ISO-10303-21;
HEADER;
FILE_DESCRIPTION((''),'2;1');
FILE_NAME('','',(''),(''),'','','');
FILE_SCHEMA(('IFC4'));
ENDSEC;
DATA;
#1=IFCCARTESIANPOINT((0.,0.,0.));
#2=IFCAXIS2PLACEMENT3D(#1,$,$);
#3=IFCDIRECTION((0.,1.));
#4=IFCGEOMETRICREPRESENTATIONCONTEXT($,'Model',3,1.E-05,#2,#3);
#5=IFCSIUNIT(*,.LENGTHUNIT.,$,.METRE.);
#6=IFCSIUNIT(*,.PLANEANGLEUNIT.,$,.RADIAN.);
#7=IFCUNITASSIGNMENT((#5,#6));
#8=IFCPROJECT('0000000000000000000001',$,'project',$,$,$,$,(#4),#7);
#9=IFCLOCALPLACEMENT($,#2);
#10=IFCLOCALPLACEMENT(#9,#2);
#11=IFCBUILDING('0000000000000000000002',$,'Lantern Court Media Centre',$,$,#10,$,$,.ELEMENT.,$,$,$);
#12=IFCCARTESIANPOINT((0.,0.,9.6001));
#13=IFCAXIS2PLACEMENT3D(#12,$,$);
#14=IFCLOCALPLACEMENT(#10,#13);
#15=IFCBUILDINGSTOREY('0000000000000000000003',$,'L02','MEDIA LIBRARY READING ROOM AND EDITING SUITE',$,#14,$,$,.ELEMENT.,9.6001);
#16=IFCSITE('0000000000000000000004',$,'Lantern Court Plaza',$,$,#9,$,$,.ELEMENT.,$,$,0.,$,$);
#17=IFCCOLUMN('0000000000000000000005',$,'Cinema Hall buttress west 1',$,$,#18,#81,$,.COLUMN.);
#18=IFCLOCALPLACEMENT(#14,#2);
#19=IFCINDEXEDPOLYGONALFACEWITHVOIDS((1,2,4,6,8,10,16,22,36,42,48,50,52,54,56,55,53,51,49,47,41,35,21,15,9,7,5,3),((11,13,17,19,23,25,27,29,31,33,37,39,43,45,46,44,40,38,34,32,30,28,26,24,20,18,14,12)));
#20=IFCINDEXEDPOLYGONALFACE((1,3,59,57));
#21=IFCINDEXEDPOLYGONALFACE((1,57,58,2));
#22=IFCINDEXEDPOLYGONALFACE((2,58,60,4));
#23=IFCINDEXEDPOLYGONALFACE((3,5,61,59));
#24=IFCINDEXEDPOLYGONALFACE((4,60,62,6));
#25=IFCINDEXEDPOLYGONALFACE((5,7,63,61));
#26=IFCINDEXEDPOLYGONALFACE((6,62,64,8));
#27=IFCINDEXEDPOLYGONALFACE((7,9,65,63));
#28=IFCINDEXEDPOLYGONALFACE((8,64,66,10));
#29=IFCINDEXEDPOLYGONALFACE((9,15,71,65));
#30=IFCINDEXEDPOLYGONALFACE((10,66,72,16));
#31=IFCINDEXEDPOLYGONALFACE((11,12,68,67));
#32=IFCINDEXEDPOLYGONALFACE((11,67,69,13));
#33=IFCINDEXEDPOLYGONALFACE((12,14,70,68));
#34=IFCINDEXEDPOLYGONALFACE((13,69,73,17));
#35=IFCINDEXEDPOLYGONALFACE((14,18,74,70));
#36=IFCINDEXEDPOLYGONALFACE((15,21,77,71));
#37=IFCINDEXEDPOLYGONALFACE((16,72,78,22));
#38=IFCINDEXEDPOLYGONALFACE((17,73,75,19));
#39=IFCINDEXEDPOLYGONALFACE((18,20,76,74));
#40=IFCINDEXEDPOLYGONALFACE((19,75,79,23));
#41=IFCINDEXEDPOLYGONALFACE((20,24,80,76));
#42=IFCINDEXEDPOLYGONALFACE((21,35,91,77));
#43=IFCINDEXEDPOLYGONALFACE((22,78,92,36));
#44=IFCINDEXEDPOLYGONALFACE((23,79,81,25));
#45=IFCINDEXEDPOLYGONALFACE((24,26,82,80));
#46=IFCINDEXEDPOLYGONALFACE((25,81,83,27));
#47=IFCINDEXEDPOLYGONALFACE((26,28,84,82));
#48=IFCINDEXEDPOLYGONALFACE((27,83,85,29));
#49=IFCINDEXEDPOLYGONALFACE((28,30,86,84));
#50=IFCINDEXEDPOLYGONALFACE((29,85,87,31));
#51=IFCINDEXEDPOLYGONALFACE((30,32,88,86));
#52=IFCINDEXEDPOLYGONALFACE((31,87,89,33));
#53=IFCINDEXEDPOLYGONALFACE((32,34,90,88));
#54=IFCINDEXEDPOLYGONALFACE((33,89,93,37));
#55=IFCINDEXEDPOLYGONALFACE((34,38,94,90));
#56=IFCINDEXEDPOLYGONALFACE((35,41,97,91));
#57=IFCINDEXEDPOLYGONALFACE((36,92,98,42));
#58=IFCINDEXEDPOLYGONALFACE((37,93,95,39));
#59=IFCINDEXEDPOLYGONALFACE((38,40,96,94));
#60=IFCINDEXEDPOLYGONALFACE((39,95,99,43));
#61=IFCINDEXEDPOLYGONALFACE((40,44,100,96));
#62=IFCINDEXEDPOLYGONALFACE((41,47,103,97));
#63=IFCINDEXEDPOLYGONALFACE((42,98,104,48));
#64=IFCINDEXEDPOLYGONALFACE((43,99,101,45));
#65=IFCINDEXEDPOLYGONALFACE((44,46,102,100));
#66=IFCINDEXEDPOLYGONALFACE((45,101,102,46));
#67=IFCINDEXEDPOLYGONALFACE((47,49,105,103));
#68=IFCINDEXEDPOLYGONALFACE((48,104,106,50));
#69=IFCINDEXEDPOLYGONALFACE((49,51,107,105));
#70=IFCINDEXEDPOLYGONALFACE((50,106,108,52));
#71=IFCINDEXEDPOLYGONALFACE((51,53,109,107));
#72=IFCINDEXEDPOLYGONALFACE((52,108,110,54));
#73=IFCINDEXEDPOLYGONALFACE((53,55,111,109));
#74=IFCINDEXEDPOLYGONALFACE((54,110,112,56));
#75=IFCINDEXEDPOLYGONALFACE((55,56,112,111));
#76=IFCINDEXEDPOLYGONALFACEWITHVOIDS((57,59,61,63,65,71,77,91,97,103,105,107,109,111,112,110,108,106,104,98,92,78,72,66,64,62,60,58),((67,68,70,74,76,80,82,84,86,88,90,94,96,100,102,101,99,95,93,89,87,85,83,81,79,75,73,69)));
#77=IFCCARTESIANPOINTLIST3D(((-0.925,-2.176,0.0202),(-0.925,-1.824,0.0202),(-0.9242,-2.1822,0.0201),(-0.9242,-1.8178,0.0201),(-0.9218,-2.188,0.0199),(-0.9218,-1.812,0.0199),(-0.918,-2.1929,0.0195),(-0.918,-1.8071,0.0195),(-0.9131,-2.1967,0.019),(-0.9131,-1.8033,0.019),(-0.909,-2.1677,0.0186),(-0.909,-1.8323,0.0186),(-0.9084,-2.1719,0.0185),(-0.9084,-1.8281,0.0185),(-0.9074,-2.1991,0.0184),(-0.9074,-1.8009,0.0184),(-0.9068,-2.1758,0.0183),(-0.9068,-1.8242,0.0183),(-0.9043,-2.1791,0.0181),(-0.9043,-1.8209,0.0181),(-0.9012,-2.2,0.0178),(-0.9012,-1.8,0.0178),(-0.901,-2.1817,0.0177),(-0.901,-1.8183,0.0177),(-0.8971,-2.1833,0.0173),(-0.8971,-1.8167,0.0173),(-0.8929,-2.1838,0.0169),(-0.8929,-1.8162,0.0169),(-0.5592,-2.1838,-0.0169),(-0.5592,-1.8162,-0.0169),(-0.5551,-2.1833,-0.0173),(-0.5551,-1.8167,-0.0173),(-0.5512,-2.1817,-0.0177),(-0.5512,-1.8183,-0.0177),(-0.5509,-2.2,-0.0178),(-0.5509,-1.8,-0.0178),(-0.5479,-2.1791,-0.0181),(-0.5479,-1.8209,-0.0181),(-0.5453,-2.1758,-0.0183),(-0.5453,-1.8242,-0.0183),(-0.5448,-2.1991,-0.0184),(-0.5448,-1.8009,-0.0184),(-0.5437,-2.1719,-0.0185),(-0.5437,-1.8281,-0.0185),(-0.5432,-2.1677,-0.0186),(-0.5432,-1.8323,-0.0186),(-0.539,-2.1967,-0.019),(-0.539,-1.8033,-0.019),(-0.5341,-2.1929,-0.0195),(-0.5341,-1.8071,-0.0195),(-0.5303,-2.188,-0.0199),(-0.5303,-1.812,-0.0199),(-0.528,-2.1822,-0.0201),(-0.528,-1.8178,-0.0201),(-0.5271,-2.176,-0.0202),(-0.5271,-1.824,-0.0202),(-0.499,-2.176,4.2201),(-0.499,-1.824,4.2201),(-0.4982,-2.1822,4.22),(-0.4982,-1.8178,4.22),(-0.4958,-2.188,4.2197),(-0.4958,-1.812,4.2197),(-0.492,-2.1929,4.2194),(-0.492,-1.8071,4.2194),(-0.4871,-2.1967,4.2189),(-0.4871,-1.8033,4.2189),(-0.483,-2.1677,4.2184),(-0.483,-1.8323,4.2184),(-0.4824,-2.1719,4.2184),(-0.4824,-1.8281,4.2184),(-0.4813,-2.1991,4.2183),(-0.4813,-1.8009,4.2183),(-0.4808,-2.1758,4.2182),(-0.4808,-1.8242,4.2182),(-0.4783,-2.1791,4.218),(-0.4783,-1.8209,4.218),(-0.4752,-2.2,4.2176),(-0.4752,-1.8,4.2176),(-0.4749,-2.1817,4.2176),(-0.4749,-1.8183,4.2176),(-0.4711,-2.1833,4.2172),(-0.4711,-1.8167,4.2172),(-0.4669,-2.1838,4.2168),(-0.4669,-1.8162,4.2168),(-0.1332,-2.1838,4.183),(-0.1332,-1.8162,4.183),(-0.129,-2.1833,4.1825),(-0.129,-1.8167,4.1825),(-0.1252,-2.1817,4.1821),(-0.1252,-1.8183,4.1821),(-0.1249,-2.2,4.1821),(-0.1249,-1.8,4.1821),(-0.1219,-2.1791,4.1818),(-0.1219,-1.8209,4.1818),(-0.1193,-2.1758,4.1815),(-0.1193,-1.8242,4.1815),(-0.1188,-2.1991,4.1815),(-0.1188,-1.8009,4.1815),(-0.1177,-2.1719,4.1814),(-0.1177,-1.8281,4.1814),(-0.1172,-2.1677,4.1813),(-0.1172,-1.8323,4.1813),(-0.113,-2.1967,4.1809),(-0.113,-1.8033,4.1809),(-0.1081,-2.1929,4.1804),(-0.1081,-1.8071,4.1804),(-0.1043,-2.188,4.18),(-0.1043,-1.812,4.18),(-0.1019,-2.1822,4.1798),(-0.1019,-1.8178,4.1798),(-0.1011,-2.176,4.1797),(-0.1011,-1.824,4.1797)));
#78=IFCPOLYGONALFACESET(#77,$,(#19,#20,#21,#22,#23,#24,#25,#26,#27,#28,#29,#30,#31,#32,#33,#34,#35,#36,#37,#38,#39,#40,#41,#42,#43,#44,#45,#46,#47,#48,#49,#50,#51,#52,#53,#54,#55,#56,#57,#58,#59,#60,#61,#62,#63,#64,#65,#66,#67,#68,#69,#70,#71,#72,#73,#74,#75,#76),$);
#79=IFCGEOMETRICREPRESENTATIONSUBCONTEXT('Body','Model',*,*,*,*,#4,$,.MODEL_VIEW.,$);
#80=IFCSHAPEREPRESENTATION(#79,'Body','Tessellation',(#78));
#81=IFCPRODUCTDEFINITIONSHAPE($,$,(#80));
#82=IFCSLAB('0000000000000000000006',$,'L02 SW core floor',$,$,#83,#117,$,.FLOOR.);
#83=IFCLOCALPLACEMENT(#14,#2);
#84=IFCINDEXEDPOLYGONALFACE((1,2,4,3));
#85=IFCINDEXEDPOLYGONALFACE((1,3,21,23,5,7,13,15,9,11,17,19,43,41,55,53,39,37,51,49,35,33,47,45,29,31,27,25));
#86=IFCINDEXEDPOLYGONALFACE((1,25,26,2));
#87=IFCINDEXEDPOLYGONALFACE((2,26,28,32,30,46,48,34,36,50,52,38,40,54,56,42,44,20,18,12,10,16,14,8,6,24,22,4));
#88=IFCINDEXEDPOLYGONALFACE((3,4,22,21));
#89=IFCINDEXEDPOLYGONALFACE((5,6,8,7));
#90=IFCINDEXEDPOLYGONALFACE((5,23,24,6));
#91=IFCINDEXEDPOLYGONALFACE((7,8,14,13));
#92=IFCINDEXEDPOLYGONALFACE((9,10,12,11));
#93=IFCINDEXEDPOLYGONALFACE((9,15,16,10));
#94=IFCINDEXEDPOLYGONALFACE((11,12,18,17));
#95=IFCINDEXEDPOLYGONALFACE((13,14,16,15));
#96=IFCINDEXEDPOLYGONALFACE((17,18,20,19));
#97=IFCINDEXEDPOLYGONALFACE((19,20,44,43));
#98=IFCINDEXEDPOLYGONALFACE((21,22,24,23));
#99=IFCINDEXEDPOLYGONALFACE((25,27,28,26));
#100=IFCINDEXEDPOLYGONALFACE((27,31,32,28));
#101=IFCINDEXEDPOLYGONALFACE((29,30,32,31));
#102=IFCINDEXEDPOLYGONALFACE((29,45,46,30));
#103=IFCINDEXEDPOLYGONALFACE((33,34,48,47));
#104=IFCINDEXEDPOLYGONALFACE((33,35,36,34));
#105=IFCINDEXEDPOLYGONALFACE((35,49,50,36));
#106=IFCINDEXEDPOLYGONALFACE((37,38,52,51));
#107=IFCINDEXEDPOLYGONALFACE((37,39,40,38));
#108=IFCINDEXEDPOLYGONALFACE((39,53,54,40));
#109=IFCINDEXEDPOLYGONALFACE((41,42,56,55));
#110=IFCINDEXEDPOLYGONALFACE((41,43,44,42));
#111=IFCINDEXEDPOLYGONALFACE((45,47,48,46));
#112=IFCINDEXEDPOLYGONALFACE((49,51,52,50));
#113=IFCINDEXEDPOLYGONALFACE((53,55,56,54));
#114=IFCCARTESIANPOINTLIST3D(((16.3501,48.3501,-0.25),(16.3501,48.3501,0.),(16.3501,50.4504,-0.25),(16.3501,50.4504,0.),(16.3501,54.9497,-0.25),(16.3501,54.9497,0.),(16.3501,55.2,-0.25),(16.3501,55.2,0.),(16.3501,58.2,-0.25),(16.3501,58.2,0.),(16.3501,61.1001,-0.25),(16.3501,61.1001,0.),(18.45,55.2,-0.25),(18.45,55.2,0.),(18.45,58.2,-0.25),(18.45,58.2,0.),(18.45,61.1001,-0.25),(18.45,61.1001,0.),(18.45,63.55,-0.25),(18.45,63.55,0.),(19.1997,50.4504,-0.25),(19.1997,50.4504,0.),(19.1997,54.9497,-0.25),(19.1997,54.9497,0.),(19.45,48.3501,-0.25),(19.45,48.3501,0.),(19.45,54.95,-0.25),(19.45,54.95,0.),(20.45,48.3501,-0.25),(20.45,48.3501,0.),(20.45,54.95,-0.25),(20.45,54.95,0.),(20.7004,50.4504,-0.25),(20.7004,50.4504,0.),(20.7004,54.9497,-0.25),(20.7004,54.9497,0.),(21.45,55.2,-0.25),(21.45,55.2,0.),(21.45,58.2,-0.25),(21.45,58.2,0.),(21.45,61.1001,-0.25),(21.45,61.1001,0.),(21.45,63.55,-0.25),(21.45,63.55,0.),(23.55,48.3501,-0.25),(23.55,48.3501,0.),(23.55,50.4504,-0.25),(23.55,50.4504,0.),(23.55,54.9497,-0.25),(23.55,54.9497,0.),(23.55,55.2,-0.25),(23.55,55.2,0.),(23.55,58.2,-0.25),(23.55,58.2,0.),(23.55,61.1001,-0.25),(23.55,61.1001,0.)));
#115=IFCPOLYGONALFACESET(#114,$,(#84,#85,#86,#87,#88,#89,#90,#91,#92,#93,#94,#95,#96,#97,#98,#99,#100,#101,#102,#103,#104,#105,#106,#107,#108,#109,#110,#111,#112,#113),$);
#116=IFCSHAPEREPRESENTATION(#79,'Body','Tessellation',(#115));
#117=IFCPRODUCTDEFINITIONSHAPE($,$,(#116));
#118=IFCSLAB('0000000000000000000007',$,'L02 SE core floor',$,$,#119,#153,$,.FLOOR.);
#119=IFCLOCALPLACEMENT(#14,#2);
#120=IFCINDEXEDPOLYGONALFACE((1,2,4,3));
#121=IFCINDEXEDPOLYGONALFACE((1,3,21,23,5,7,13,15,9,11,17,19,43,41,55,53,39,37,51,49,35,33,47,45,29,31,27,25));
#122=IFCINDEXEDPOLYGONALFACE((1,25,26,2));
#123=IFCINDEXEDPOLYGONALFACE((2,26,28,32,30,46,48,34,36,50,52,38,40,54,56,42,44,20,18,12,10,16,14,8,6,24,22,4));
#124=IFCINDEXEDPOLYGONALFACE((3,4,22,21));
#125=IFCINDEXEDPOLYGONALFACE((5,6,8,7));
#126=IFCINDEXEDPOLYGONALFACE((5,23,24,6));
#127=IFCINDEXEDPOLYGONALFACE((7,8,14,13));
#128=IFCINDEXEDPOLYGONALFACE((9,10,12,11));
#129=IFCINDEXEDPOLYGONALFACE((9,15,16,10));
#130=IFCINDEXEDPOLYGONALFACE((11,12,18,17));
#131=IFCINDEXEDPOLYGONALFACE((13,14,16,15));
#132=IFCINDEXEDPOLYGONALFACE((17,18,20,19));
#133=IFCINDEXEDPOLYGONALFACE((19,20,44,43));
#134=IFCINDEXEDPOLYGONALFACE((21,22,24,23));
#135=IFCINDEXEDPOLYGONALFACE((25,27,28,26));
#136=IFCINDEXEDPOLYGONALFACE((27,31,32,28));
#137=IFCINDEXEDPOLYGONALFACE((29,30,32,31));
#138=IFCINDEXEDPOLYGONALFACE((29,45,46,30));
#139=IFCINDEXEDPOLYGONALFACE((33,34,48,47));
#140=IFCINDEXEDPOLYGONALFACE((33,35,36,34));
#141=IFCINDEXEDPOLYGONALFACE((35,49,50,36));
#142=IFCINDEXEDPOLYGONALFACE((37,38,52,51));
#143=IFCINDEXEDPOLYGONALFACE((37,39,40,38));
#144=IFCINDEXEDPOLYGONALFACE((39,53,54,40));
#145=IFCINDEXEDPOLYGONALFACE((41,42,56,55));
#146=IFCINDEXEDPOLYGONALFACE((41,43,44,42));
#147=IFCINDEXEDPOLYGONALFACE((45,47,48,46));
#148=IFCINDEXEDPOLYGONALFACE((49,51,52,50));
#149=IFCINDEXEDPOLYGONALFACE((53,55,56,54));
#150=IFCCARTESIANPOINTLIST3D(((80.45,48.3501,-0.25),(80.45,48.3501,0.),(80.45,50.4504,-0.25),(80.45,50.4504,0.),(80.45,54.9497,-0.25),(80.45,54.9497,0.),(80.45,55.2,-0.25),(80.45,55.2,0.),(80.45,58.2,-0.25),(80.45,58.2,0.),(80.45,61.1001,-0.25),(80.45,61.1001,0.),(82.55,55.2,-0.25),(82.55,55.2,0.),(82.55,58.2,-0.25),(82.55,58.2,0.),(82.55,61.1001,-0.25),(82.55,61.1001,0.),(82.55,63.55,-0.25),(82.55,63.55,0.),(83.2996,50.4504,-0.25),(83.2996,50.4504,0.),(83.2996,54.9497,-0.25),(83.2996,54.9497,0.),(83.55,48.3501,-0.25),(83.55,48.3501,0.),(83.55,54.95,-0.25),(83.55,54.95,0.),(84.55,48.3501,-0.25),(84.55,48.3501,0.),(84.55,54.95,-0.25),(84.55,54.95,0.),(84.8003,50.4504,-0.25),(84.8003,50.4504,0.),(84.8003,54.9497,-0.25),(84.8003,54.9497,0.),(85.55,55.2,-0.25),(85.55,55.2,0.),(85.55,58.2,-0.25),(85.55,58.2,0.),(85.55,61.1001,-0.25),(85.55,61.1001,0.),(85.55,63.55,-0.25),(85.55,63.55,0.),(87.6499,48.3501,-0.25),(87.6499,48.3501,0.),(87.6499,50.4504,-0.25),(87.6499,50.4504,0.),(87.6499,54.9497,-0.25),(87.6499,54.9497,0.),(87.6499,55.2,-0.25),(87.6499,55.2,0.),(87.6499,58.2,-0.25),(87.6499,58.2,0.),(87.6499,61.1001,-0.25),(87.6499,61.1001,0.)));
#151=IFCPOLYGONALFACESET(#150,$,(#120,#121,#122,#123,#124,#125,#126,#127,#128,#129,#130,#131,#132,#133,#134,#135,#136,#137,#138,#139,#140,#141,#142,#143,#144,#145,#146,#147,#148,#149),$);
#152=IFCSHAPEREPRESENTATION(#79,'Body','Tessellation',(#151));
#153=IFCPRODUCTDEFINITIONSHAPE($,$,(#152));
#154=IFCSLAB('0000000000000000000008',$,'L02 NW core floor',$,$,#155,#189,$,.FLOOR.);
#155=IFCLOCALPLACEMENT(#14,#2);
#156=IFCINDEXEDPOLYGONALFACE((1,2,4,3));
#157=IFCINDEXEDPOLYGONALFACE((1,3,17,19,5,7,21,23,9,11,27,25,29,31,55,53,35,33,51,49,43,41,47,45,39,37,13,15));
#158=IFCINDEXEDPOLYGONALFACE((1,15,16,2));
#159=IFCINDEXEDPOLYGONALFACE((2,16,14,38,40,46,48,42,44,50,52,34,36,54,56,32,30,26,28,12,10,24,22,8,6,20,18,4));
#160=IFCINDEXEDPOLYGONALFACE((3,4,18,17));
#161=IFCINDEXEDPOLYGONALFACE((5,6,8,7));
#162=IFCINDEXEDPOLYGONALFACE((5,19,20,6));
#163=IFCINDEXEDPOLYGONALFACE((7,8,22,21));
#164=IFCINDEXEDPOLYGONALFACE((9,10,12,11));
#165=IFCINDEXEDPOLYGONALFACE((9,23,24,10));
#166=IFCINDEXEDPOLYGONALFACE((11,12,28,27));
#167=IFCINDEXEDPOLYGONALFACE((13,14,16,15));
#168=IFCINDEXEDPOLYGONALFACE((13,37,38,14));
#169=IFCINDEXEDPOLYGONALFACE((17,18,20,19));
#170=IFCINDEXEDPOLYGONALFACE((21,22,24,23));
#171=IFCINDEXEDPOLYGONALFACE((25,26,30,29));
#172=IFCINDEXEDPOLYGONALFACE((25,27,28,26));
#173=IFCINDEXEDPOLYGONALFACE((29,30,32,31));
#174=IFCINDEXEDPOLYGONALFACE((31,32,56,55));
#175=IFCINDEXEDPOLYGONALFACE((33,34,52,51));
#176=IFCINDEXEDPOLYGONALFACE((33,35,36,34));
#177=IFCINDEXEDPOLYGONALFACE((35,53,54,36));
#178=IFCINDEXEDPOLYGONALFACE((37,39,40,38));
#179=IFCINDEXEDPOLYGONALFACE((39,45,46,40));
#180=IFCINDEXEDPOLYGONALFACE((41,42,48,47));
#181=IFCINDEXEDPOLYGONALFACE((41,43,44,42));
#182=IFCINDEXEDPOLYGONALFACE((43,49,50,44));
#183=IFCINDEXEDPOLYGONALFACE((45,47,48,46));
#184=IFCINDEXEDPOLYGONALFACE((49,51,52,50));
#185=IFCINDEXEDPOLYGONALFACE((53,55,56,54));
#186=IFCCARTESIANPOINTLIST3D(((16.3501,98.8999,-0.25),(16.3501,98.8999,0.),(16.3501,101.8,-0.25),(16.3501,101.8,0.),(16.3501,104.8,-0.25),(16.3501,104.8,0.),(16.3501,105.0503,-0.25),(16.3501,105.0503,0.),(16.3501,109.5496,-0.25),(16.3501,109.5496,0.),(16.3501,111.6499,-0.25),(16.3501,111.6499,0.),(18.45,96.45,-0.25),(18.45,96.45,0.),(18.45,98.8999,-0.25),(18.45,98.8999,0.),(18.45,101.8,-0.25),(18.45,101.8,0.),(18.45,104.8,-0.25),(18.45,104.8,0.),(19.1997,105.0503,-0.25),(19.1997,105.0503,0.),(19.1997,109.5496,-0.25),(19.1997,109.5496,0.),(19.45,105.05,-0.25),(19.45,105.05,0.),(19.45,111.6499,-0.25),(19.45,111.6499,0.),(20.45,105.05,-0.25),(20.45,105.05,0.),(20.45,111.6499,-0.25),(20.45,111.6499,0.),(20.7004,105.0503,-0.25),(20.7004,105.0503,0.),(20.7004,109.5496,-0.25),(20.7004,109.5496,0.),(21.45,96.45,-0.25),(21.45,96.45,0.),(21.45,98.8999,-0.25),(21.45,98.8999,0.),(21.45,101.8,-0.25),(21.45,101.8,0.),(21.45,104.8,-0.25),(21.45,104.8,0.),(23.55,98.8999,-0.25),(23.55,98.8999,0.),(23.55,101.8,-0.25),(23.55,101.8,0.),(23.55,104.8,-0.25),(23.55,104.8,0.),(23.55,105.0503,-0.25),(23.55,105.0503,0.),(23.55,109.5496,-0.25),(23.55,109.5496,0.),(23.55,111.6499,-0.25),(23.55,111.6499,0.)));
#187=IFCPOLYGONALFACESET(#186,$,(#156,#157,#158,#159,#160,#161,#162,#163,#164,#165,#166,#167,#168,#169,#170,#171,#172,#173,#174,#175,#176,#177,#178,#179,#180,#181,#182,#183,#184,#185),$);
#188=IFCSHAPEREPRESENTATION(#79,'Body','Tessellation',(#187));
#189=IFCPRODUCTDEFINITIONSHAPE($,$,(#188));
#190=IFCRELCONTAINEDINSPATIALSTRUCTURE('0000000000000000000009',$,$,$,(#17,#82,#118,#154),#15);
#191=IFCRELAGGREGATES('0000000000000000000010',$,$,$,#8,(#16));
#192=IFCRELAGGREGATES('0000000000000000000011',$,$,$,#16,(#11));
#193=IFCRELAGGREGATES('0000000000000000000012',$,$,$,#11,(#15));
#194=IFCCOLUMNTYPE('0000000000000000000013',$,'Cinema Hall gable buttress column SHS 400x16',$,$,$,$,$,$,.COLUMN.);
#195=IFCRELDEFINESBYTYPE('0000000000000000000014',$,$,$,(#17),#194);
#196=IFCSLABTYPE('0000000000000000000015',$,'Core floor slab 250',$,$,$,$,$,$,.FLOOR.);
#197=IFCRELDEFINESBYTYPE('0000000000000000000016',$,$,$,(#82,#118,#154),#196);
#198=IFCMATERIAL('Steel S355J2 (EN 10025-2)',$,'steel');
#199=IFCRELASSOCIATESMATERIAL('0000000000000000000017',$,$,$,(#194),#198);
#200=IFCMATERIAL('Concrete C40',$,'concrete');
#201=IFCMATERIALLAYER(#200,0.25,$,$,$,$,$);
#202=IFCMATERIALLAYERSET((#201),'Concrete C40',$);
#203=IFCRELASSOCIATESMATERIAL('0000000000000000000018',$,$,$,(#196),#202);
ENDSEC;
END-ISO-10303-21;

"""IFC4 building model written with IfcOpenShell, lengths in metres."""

from ifc_helpers import new_model, si_unit, direction, frame, origin, origin_2d, place, context, subcontext, project, spatial, polyline, hollow_rectangle, outline, extrude, material, layer, layer_set, material_profile, profile_set, type_object, element, save


model = new_model("IFC4")

# Units and contexts
model_context = context("Model", 3, precision=1e-05, world=origin(), true_north=direction((0.0, 1.0)))
body_context = subcontext(model_context, "Body", "Model", "MODEL_VIEW")
ifc_project = project(units=[si_unit("LENGTHUNIT", "METRE"), si_unit("PLANEANGLEUNIT", "RADIAN")], contexts=[model_context])

# Site, building, storey
site_placement = place(None, origin())
site = spatial("IfcSite", under=ifc_project, at=site_placement, Name="Lantern Court Plaza", CompositionType="ELEMENT", RefElevation=0.0)
building_placement = place(site_placement, origin())
building = spatial("IfcBuilding", under=site, at=building_placement, Name="Lantern Court Media Centre", CompositionType="ELEMENT")
storey_placement = place(building_placement, frame((0.0, 0.0, 9.6001)))
storey = spatial("IfcBuildingStorey", under=building, at=storey_placement, Name="L02", Description="MEDIA LIBRARY READING ROOM AND EDITING SUITE", CompositionType="ELEMENT", Elevation=9.6001)

# Column
ifc_material_1 = material(Name="Steel S355J2 (EN 10025-2)", Category="steel")
ifc_material_profile = material_profile(ifc_material_1, hollow_rectangle(XDim=0.3999, YDim=0.3999, WallThickness=0.0161, InnerFilletRadius=0.0161, OuterFilletRadius=0.0239, at=origin_2d()), Name="Cinema Hall gable buttress column SHS 400x16")
ifc_profile_set = profile_set([ifc_material_profile], Name="Steel S355J2 (EN 10025-2)")
column_type = type_object("IfcColumnType", Name="Cinema Hall gable buttress column SHS 400x16", PredefinedType="COLUMN", material=ifc_profile_set)
column_placement = place(storey_placement, frame((-0.7261, -2.0, 0.0), z_axis=(0.100918, 0.0, 0.994895), x_axis=(0.0, 1.0, 0.0)))
element("IfcColumn", 1, at=column_placement, inside=storey, type_object=column_type, Name="Cinema Hall buttress west 1", PredefinedType="COLUMN", context=body_context, shape_type="SweptSolid", body=[
    extrude(hollow_rectangle(XDim=0.3999, YDim=0.3999, WallThickness=0.0161, InnerFilletRadius=0.0161, OuterFilletRadius=0.0239, at=origin_2d()), origin(), (0.0, 0.0, 1.0), 4.2214),
])

# Slabs
ifc_material_2 = material(Name="Concrete C40", Category="concrete")
ifc_layer_1 = layer(ifc_material_2, 0.25)
ifc_layer_set_1 = layer_set([ifc_layer_1], Name="Concrete C40")
slab_type_1 = type_object("IfcSlabType", Name="Core floor slab 250", PredefinedType="FLOOR", material=ifc_layer_set_1)
slab_1_placement = place(storey_placement, frame((0.0, 0.0, -0.25)))
element("IfcSlab", 2, at=slab_1_placement, inside=storey, type_object=slab_type_1, Name="L02 SW core floor", PredefinedType="FLOOR", context=body_context, shape_type="SweptSolid", body=[
    extrude(outline(polyline([(16.3501, 58.2), (16.3501, 61.1001), (18.45, 61.1001), (18.45, 63.55), (21.45, 63.55), (21.45, 61.1001), (23.55, 61.1001), (23.55, 58.2), (21.45, 58.2), (21.45, 55.2), (23.55, 55.2), (23.55, 54.9497), (20.7004, 54.9497), (20.7004, 50.4504), (23.55, 50.4504), (23.55, 48.3501), (20.45, 48.3501), (20.45, 54.95), (19.45, 54.95), (19.45, 48.3501), (16.3501, 48.3501), (16.3501, 50.4504), (19.1997, 50.4504), (19.1997, 54.9497), (16.3501, 54.9497), (16.3501, 55.2), (18.45, 55.2), (18.45, 58.2), (16.3501, 58.2)])), origin(), (0.0, 0.0, 1.0), 0.25),
])
slab_2_placement = place(storey_placement, frame((0.0, 0.0, -0.25)))
element("IfcSlab", 3, at=slab_2_placement, inside=storey, type_object=slab_type_1, Name="L02 SE core floor", PredefinedType="FLOOR", context=body_context, shape_type="SweptSolid", body=[
    extrude(outline(polyline([(87.6499, 55.2), (87.6499, 54.9497), (84.8003, 54.9497), (84.8003, 50.4504), (87.6499, 50.4504), (87.6499, 48.3501), (84.55, 48.3501), (84.55, 54.95), (83.55, 54.95), (83.55, 48.3501), (80.45, 48.3501), (80.45, 50.4504), (83.2996, 50.4504), (83.2996, 54.9497), (80.45, 54.9497), (80.45, 55.2), (82.55, 55.2), (82.55, 58.2), (80.45, 58.2), (80.45, 61.1001), (82.55, 61.1001), (82.55, 63.55), (85.55, 63.55), (85.55, 61.1001), (87.6499, 61.1001), (87.6499, 58.2), (85.55, 58.2), (85.55, 55.2), (87.6499, 55.2)])), origin(), (0.0, 0.0, 1.0), 0.25),
])
slab_3_placement = place(storey_placement, frame((0.0, 0.0, -0.25)))
element("IfcSlab", 4, at=slab_3_placement, inside=storey, type_object=slab_type_1, Name="L02 NW core floor", PredefinedType="FLOOR", context=body_context, shape_type="SweptSolid", body=[
    extrude(outline(polyline([(16.3501, 104.8), (16.3501, 105.0503), (19.1997, 105.0503), (19.1997, 109.5496), (16.3501, 109.5496), (16.3501, 111.6499), (19.45, 111.6499), (19.45, 105.05), (20.45, 105.05), (20.45, 111.6499), (23.55, 111.6499), (23.55, 109.5496), (20.7004, 109.5496), (20.7004, 105.0503), (23.55, 105.0503), (23.55, 104.8), (21.45, 104.8), (21.45, 101.8), (23.55, 101.8), (23.55, 98.8999), (21.45, 98.8999), (21.45, 96.45), (18.45, 96.45), (18.45, 98.8999), (16.3501, 98.8999), (16.3501, 101.8), (18.45, 101.8), (18.45, 104.8), (16.3501, 104.8)])), origin(), (0.0, 0.0, 1.0), 0.25),
])

save(model, "model.ifc")
